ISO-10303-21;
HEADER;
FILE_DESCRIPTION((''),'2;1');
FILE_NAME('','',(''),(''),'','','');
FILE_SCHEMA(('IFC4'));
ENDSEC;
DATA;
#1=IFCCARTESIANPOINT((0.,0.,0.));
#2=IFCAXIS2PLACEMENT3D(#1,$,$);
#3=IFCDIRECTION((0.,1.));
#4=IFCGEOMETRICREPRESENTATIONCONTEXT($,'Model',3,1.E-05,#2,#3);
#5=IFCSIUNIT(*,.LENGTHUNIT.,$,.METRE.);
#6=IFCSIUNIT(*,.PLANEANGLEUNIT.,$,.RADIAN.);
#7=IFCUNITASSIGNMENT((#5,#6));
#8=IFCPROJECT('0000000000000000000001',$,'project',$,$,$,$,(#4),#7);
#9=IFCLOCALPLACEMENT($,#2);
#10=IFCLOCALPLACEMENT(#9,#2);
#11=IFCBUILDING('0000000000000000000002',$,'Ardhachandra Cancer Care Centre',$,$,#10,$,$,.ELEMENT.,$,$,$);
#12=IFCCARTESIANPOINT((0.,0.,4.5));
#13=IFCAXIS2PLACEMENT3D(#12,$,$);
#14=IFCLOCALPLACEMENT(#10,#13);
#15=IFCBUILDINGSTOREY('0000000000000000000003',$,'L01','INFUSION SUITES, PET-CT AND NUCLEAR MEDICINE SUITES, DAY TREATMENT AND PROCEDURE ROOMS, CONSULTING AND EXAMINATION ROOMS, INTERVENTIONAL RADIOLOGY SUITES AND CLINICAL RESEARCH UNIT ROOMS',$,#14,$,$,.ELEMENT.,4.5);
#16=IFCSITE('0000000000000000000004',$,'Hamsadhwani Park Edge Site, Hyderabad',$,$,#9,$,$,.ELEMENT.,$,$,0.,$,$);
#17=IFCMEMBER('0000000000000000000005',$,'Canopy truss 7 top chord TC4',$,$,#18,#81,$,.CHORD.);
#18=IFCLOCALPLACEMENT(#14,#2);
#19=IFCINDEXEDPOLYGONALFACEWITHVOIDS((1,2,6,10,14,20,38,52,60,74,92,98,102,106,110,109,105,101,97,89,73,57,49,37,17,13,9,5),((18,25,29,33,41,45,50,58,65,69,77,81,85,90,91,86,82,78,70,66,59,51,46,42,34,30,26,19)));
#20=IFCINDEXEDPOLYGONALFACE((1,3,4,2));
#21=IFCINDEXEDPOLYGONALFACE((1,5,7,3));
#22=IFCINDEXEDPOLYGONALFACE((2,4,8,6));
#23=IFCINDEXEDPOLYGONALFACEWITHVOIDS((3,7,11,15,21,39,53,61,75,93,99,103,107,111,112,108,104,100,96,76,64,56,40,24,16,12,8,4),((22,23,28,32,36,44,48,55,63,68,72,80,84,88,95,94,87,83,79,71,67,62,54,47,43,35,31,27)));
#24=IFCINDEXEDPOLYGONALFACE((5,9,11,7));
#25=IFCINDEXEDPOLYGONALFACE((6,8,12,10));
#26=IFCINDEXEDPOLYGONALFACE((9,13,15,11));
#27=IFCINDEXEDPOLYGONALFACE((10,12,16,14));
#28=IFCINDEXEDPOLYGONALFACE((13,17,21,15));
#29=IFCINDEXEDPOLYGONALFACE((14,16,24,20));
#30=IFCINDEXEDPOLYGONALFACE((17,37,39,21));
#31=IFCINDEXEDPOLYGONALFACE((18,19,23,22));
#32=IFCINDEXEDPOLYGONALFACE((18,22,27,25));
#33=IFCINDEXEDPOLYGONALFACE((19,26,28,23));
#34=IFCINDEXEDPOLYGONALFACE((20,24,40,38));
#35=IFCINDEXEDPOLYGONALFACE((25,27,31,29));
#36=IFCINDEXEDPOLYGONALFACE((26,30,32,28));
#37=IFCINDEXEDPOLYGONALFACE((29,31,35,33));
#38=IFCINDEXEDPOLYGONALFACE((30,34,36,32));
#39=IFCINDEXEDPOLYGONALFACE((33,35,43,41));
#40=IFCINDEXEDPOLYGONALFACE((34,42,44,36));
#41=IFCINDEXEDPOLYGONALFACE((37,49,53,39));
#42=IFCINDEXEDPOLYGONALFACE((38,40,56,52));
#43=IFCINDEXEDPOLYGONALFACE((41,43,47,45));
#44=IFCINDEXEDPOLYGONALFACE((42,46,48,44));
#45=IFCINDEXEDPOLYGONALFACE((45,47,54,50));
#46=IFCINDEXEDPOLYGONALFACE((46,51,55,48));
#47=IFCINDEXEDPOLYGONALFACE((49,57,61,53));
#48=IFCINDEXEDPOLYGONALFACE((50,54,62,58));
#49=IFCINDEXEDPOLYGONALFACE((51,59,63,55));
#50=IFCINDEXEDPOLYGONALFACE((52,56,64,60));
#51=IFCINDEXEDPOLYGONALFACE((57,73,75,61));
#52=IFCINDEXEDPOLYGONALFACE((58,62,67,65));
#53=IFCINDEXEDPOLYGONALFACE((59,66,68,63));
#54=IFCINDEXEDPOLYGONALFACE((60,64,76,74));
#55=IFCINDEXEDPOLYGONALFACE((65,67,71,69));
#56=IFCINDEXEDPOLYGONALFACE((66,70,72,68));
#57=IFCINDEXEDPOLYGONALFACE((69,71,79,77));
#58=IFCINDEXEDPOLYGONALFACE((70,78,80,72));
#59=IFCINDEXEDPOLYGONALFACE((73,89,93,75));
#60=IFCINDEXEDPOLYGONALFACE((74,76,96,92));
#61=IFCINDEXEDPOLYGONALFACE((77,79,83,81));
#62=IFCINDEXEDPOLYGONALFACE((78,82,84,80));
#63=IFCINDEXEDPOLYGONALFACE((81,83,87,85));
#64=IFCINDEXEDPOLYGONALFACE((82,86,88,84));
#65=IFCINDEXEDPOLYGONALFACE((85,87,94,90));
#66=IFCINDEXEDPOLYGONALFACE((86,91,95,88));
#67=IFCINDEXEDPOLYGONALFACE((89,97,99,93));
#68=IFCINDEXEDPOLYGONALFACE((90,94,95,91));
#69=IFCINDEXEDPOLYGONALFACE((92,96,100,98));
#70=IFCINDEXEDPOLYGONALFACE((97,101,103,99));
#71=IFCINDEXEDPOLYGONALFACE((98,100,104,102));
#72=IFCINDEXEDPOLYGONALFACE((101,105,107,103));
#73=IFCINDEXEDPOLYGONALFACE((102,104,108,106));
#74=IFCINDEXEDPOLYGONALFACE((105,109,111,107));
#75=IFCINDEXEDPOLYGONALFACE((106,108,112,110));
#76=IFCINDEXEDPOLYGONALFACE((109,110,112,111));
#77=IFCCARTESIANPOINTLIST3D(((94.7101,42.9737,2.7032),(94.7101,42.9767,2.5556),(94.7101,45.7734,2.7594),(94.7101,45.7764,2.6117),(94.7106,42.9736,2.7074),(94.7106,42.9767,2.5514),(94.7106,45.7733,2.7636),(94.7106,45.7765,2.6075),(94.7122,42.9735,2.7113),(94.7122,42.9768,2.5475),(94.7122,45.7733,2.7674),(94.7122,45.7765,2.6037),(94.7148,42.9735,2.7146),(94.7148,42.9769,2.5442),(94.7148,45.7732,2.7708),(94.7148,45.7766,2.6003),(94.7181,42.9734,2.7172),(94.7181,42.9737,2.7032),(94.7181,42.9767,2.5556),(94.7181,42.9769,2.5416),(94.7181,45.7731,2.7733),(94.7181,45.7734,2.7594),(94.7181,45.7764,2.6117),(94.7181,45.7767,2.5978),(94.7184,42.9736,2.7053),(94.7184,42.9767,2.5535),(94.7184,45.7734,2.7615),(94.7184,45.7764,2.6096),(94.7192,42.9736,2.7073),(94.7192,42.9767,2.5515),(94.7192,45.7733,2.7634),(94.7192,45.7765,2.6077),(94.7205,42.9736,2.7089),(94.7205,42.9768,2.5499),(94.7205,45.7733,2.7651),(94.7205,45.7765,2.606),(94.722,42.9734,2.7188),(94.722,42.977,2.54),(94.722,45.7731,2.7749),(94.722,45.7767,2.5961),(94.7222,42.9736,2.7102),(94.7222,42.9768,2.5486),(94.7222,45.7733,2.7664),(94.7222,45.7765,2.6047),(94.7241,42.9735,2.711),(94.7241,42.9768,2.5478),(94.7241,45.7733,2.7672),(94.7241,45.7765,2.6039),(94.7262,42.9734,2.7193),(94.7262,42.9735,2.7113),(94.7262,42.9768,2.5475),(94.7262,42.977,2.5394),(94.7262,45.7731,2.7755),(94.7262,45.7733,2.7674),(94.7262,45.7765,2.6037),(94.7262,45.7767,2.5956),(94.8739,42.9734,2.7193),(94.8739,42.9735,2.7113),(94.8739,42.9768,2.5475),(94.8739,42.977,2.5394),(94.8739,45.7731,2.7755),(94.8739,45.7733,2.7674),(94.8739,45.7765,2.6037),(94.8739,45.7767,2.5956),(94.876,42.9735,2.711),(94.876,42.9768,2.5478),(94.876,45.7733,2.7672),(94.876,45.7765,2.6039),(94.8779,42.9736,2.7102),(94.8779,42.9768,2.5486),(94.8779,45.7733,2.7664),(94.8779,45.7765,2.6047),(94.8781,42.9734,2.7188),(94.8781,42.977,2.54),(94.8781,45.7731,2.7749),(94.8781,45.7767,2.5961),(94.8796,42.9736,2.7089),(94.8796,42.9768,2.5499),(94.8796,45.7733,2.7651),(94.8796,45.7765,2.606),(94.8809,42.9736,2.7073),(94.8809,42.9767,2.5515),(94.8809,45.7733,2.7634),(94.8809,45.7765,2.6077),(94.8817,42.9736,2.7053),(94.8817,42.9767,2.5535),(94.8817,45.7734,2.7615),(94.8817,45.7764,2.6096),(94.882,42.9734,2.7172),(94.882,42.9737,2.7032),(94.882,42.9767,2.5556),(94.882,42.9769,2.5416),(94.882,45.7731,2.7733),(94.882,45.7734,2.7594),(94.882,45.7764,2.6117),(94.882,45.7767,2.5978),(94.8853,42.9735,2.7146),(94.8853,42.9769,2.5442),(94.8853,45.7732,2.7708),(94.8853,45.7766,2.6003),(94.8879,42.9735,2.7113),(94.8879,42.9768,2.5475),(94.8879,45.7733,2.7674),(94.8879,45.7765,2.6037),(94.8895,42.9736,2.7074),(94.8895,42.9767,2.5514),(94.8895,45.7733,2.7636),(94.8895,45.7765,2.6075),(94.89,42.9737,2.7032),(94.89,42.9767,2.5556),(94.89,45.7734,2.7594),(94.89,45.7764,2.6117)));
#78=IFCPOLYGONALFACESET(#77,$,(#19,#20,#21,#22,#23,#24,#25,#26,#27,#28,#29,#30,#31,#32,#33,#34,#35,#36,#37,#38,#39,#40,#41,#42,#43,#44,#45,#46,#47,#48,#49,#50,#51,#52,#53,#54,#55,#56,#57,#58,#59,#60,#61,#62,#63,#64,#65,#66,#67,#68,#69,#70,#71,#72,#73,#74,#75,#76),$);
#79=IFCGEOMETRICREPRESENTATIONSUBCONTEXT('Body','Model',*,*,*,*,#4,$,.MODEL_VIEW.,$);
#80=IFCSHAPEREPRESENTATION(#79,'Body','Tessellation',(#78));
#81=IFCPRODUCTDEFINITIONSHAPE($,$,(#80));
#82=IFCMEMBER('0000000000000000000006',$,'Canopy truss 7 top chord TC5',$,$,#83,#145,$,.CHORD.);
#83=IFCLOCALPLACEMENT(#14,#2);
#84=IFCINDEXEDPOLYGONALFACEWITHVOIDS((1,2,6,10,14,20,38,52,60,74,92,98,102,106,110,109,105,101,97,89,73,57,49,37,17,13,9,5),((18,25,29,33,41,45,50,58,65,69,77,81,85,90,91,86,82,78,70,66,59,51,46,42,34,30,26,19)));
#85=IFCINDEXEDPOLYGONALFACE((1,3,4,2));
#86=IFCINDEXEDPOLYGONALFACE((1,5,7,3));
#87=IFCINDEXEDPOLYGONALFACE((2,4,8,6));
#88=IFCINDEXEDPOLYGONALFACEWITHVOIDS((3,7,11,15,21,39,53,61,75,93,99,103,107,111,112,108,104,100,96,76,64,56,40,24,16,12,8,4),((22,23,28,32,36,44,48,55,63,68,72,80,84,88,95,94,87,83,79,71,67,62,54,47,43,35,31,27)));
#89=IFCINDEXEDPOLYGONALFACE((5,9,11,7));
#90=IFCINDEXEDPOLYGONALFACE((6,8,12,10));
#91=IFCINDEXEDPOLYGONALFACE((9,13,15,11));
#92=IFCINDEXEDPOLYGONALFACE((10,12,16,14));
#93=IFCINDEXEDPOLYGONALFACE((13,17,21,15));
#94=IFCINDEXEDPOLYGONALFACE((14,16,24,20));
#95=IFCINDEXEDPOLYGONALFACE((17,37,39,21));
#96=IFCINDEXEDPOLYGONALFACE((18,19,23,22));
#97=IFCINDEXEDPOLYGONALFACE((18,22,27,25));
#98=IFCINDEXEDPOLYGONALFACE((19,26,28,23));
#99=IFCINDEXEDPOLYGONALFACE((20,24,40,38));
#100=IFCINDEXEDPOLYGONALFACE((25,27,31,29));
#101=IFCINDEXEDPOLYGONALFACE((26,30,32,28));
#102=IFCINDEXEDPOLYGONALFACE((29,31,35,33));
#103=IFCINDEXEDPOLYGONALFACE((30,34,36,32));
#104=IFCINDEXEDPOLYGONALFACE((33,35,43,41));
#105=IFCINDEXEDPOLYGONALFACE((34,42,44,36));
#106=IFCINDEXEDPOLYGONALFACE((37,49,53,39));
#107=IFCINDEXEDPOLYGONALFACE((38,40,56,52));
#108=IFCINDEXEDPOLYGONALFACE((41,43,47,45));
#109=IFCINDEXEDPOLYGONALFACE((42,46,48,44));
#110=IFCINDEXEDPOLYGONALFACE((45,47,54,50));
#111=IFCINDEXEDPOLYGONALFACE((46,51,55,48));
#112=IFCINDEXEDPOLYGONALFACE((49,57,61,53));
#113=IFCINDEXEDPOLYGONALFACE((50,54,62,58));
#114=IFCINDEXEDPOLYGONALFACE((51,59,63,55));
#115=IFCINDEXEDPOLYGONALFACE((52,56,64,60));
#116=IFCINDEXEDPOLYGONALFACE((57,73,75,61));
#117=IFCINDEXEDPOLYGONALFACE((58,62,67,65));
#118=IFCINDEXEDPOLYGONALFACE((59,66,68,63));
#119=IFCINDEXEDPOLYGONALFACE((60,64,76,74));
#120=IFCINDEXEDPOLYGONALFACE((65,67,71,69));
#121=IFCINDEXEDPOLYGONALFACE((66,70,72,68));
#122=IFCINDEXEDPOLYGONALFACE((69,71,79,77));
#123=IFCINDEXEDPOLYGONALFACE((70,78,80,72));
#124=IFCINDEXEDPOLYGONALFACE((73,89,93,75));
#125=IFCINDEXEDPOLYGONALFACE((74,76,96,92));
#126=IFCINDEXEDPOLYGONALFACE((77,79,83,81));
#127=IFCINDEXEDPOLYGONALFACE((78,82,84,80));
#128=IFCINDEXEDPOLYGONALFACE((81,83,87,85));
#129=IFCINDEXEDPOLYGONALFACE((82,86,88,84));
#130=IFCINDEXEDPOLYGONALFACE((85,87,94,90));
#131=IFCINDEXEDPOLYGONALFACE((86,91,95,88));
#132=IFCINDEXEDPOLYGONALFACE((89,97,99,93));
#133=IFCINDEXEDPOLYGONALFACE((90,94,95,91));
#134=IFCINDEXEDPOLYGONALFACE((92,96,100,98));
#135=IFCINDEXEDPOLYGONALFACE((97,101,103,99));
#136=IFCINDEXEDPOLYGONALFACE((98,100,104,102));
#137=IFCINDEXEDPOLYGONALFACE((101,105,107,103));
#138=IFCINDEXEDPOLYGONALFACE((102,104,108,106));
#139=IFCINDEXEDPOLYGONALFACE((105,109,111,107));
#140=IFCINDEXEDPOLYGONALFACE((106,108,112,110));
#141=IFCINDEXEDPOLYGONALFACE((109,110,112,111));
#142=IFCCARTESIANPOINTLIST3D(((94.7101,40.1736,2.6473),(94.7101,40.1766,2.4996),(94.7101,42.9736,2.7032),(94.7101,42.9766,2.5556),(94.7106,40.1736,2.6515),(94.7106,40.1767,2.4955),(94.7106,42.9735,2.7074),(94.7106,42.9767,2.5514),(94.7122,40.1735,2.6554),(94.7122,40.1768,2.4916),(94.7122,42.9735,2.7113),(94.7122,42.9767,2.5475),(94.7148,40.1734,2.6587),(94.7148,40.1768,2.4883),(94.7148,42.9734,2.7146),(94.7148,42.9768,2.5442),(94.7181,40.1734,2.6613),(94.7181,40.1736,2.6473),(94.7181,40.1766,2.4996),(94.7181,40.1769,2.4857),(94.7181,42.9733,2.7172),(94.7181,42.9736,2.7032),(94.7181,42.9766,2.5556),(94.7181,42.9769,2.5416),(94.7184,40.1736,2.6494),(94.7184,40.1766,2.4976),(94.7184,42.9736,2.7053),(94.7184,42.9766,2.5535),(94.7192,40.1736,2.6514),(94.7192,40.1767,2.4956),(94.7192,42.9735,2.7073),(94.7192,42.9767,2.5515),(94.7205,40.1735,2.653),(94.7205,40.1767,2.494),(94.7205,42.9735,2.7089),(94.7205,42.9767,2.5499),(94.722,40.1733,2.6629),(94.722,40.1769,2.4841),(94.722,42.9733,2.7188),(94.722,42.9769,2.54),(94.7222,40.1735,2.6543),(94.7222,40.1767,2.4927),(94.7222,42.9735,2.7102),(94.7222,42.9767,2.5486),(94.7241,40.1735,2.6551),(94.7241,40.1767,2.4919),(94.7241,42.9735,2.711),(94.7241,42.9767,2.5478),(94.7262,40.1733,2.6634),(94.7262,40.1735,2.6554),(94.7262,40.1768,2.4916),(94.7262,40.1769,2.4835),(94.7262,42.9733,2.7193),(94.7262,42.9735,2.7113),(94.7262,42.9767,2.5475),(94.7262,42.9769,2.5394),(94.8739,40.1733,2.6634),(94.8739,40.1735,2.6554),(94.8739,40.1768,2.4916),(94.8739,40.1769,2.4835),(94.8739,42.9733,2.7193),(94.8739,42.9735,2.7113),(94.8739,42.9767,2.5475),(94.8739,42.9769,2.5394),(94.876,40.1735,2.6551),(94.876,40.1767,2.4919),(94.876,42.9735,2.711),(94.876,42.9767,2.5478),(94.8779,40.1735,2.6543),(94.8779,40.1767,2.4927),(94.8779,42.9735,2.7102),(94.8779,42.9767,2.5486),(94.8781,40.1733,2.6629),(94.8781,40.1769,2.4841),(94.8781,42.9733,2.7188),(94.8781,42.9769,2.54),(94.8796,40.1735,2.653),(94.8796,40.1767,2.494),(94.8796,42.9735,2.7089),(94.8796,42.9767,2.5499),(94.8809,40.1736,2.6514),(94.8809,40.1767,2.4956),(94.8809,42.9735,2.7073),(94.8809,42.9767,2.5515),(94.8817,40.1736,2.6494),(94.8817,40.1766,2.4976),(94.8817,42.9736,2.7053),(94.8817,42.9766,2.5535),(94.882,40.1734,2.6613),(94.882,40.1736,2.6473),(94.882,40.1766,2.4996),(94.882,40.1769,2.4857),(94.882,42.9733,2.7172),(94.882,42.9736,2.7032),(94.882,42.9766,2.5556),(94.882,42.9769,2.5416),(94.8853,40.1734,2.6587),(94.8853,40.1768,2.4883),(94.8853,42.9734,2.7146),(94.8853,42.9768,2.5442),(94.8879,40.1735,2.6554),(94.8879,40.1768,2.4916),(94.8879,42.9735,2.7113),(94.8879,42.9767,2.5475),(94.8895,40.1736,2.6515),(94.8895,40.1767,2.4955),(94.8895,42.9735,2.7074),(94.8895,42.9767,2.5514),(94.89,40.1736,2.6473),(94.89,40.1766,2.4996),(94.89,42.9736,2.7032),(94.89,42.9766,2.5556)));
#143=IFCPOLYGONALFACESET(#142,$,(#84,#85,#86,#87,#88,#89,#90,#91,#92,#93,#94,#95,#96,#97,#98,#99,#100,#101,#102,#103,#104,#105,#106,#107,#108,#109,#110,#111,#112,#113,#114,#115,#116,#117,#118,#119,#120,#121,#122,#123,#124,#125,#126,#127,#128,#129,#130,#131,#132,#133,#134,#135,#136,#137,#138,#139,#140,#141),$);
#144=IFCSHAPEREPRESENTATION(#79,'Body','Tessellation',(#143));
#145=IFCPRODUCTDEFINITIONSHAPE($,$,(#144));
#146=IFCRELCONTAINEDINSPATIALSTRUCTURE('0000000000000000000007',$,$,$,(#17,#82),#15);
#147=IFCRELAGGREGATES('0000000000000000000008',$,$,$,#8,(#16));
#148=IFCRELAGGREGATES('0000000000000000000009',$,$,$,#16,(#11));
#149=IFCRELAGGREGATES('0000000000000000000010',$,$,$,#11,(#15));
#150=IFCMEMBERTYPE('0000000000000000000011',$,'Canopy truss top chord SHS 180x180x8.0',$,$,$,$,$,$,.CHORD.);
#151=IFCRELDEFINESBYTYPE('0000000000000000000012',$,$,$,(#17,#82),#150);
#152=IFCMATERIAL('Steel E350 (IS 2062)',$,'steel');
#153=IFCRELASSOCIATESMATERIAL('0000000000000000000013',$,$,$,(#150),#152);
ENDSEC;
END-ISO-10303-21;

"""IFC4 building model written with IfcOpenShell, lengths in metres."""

from ifc_helpers import new_model, si_unit, direction, frame, origin, origin_2d, place, context, subcontext, project, spatial, hollow_rectangle, extrude, material, material_profile, profile_set, type_object, element, save


model = new_model("IFC4")

# Units and contexts
model_context = context("Model", 3, precision=1e-05, world=origin(), true_north=direction((0.0, 1.0)))
body_context = subcontext(model_context, "Body", "Model", "MODEL_VIEW")
ifc_project = project(units=[si_unit("LENGTHUNIT", "METRE"), si_unit("PLANEANGLEUNIT", "RADIAN")], contexts=[model_context])

# Site, building, storey
site_placement = place(None, origin())
site = spatial("IfcSite", under=ifc_project, at=site_placement, Name="Hamsadhwani Park Edge Site, Hyderabad", CompositionType="ELEMENT", RefElevation=0.0)
building_placement = place(site_placement, origin())
building = spatial("IfcBuilding", under=site, at=building_placement, Name="Ardhachandra Cancer Care Centre", CompositionType="ELEMENT")
storey_placement = place(building_placement, frame((0.0, 0.0, 4.5)))
storey = spatial("IfcBuildingStorey", under=building, at=storey_placement, Name="L01", Description="INFUSION SUITES, PET-CT AND NUCLEAR MEDICINE SUITES, DAY TREATMENT AND PROCEDURE ROOMS, CONSULTING AND EXAMINATION ROOMS, INTERVENTIONAL RADIOLOGY SUITES AND CLINICAL RESEARCH UNIT ROOMS", CompositionType="ELEMENT", Elevation=4.5)

# Members
ifc_material_1 = material(Name="Steel E350 (IS 2062)", Category="steel")
ifc_material_profile_1 = material_profile(ifc_material_1, hollow_rectangle(XDim=0.1799, YDim=0.1799, WallThickness=0.0081, InnerFilletRadius=0.0081, OuterFilletRadius=0.0161, at=origin_2d()), Name="SHS 180x180x8.0")
ifc_profile_set_1 = profile_set([ifc_material_profile_1], Name="Steel E350 (IS 2062)")
member_type_1 = type_object("IfcMemberType", Name="Canopy truss top chord SHS 180x180x8.0", PredefinedType="CHORD", material=ifc_profile_set_1)
member_1_placement = place(storey_placement, frame((94.8, 45.7749, 2.6855), z_axis=(0.0, -0.999799, -0.020052), x_axis=(1.0, 0.0, 0.0)))
element("IfcMember", 1, at=member_1_placement, inside=storey, type_object=member_type_1, Name="Canopy truss 7 top chord TC4", PredefinedType="CHORD", context=body_context, shape_type="SweptSolid", body=[
    extrude(hollow_rectangle(XDim=0.1799, YDim=0.1799, WallThickness=0.0081, InnerFilletRadius=0.0081, OuterFilletRadius=0.0161, at=origin_2d()), origin(), (0.0, 0.0, 1.0), 2.8003),
])
for number, where, z_axis, x_axis, name in (
    (2, (94.8, 42.9751, 2.6294), (0.0, -0.999801, -0.019963), (1.0, 0.0, 0.0), "Canopy truss 7 top chord TC5"),
):
    element("IfcMember", number, at=place(storey_placement, frame(where, z_axis=z_axis, x_axis=x_axis)), inside=storey, type_object=member_type_1, Name=name, PredefinedType="CHORD", context=body_context, shape_type="SweptSolid", body=[
        extrude(hollow_rectangle(XDim=0.1799, YDim=0.1799, WallThickness=0.0081, InnerFilletRadius=0.0081, OuterFilletRadius=0.0161, at=origin_2d()), origin(), (0.0, 0.0, 1.0), 2.8005),
    ])

save(model, "model.ifc")
